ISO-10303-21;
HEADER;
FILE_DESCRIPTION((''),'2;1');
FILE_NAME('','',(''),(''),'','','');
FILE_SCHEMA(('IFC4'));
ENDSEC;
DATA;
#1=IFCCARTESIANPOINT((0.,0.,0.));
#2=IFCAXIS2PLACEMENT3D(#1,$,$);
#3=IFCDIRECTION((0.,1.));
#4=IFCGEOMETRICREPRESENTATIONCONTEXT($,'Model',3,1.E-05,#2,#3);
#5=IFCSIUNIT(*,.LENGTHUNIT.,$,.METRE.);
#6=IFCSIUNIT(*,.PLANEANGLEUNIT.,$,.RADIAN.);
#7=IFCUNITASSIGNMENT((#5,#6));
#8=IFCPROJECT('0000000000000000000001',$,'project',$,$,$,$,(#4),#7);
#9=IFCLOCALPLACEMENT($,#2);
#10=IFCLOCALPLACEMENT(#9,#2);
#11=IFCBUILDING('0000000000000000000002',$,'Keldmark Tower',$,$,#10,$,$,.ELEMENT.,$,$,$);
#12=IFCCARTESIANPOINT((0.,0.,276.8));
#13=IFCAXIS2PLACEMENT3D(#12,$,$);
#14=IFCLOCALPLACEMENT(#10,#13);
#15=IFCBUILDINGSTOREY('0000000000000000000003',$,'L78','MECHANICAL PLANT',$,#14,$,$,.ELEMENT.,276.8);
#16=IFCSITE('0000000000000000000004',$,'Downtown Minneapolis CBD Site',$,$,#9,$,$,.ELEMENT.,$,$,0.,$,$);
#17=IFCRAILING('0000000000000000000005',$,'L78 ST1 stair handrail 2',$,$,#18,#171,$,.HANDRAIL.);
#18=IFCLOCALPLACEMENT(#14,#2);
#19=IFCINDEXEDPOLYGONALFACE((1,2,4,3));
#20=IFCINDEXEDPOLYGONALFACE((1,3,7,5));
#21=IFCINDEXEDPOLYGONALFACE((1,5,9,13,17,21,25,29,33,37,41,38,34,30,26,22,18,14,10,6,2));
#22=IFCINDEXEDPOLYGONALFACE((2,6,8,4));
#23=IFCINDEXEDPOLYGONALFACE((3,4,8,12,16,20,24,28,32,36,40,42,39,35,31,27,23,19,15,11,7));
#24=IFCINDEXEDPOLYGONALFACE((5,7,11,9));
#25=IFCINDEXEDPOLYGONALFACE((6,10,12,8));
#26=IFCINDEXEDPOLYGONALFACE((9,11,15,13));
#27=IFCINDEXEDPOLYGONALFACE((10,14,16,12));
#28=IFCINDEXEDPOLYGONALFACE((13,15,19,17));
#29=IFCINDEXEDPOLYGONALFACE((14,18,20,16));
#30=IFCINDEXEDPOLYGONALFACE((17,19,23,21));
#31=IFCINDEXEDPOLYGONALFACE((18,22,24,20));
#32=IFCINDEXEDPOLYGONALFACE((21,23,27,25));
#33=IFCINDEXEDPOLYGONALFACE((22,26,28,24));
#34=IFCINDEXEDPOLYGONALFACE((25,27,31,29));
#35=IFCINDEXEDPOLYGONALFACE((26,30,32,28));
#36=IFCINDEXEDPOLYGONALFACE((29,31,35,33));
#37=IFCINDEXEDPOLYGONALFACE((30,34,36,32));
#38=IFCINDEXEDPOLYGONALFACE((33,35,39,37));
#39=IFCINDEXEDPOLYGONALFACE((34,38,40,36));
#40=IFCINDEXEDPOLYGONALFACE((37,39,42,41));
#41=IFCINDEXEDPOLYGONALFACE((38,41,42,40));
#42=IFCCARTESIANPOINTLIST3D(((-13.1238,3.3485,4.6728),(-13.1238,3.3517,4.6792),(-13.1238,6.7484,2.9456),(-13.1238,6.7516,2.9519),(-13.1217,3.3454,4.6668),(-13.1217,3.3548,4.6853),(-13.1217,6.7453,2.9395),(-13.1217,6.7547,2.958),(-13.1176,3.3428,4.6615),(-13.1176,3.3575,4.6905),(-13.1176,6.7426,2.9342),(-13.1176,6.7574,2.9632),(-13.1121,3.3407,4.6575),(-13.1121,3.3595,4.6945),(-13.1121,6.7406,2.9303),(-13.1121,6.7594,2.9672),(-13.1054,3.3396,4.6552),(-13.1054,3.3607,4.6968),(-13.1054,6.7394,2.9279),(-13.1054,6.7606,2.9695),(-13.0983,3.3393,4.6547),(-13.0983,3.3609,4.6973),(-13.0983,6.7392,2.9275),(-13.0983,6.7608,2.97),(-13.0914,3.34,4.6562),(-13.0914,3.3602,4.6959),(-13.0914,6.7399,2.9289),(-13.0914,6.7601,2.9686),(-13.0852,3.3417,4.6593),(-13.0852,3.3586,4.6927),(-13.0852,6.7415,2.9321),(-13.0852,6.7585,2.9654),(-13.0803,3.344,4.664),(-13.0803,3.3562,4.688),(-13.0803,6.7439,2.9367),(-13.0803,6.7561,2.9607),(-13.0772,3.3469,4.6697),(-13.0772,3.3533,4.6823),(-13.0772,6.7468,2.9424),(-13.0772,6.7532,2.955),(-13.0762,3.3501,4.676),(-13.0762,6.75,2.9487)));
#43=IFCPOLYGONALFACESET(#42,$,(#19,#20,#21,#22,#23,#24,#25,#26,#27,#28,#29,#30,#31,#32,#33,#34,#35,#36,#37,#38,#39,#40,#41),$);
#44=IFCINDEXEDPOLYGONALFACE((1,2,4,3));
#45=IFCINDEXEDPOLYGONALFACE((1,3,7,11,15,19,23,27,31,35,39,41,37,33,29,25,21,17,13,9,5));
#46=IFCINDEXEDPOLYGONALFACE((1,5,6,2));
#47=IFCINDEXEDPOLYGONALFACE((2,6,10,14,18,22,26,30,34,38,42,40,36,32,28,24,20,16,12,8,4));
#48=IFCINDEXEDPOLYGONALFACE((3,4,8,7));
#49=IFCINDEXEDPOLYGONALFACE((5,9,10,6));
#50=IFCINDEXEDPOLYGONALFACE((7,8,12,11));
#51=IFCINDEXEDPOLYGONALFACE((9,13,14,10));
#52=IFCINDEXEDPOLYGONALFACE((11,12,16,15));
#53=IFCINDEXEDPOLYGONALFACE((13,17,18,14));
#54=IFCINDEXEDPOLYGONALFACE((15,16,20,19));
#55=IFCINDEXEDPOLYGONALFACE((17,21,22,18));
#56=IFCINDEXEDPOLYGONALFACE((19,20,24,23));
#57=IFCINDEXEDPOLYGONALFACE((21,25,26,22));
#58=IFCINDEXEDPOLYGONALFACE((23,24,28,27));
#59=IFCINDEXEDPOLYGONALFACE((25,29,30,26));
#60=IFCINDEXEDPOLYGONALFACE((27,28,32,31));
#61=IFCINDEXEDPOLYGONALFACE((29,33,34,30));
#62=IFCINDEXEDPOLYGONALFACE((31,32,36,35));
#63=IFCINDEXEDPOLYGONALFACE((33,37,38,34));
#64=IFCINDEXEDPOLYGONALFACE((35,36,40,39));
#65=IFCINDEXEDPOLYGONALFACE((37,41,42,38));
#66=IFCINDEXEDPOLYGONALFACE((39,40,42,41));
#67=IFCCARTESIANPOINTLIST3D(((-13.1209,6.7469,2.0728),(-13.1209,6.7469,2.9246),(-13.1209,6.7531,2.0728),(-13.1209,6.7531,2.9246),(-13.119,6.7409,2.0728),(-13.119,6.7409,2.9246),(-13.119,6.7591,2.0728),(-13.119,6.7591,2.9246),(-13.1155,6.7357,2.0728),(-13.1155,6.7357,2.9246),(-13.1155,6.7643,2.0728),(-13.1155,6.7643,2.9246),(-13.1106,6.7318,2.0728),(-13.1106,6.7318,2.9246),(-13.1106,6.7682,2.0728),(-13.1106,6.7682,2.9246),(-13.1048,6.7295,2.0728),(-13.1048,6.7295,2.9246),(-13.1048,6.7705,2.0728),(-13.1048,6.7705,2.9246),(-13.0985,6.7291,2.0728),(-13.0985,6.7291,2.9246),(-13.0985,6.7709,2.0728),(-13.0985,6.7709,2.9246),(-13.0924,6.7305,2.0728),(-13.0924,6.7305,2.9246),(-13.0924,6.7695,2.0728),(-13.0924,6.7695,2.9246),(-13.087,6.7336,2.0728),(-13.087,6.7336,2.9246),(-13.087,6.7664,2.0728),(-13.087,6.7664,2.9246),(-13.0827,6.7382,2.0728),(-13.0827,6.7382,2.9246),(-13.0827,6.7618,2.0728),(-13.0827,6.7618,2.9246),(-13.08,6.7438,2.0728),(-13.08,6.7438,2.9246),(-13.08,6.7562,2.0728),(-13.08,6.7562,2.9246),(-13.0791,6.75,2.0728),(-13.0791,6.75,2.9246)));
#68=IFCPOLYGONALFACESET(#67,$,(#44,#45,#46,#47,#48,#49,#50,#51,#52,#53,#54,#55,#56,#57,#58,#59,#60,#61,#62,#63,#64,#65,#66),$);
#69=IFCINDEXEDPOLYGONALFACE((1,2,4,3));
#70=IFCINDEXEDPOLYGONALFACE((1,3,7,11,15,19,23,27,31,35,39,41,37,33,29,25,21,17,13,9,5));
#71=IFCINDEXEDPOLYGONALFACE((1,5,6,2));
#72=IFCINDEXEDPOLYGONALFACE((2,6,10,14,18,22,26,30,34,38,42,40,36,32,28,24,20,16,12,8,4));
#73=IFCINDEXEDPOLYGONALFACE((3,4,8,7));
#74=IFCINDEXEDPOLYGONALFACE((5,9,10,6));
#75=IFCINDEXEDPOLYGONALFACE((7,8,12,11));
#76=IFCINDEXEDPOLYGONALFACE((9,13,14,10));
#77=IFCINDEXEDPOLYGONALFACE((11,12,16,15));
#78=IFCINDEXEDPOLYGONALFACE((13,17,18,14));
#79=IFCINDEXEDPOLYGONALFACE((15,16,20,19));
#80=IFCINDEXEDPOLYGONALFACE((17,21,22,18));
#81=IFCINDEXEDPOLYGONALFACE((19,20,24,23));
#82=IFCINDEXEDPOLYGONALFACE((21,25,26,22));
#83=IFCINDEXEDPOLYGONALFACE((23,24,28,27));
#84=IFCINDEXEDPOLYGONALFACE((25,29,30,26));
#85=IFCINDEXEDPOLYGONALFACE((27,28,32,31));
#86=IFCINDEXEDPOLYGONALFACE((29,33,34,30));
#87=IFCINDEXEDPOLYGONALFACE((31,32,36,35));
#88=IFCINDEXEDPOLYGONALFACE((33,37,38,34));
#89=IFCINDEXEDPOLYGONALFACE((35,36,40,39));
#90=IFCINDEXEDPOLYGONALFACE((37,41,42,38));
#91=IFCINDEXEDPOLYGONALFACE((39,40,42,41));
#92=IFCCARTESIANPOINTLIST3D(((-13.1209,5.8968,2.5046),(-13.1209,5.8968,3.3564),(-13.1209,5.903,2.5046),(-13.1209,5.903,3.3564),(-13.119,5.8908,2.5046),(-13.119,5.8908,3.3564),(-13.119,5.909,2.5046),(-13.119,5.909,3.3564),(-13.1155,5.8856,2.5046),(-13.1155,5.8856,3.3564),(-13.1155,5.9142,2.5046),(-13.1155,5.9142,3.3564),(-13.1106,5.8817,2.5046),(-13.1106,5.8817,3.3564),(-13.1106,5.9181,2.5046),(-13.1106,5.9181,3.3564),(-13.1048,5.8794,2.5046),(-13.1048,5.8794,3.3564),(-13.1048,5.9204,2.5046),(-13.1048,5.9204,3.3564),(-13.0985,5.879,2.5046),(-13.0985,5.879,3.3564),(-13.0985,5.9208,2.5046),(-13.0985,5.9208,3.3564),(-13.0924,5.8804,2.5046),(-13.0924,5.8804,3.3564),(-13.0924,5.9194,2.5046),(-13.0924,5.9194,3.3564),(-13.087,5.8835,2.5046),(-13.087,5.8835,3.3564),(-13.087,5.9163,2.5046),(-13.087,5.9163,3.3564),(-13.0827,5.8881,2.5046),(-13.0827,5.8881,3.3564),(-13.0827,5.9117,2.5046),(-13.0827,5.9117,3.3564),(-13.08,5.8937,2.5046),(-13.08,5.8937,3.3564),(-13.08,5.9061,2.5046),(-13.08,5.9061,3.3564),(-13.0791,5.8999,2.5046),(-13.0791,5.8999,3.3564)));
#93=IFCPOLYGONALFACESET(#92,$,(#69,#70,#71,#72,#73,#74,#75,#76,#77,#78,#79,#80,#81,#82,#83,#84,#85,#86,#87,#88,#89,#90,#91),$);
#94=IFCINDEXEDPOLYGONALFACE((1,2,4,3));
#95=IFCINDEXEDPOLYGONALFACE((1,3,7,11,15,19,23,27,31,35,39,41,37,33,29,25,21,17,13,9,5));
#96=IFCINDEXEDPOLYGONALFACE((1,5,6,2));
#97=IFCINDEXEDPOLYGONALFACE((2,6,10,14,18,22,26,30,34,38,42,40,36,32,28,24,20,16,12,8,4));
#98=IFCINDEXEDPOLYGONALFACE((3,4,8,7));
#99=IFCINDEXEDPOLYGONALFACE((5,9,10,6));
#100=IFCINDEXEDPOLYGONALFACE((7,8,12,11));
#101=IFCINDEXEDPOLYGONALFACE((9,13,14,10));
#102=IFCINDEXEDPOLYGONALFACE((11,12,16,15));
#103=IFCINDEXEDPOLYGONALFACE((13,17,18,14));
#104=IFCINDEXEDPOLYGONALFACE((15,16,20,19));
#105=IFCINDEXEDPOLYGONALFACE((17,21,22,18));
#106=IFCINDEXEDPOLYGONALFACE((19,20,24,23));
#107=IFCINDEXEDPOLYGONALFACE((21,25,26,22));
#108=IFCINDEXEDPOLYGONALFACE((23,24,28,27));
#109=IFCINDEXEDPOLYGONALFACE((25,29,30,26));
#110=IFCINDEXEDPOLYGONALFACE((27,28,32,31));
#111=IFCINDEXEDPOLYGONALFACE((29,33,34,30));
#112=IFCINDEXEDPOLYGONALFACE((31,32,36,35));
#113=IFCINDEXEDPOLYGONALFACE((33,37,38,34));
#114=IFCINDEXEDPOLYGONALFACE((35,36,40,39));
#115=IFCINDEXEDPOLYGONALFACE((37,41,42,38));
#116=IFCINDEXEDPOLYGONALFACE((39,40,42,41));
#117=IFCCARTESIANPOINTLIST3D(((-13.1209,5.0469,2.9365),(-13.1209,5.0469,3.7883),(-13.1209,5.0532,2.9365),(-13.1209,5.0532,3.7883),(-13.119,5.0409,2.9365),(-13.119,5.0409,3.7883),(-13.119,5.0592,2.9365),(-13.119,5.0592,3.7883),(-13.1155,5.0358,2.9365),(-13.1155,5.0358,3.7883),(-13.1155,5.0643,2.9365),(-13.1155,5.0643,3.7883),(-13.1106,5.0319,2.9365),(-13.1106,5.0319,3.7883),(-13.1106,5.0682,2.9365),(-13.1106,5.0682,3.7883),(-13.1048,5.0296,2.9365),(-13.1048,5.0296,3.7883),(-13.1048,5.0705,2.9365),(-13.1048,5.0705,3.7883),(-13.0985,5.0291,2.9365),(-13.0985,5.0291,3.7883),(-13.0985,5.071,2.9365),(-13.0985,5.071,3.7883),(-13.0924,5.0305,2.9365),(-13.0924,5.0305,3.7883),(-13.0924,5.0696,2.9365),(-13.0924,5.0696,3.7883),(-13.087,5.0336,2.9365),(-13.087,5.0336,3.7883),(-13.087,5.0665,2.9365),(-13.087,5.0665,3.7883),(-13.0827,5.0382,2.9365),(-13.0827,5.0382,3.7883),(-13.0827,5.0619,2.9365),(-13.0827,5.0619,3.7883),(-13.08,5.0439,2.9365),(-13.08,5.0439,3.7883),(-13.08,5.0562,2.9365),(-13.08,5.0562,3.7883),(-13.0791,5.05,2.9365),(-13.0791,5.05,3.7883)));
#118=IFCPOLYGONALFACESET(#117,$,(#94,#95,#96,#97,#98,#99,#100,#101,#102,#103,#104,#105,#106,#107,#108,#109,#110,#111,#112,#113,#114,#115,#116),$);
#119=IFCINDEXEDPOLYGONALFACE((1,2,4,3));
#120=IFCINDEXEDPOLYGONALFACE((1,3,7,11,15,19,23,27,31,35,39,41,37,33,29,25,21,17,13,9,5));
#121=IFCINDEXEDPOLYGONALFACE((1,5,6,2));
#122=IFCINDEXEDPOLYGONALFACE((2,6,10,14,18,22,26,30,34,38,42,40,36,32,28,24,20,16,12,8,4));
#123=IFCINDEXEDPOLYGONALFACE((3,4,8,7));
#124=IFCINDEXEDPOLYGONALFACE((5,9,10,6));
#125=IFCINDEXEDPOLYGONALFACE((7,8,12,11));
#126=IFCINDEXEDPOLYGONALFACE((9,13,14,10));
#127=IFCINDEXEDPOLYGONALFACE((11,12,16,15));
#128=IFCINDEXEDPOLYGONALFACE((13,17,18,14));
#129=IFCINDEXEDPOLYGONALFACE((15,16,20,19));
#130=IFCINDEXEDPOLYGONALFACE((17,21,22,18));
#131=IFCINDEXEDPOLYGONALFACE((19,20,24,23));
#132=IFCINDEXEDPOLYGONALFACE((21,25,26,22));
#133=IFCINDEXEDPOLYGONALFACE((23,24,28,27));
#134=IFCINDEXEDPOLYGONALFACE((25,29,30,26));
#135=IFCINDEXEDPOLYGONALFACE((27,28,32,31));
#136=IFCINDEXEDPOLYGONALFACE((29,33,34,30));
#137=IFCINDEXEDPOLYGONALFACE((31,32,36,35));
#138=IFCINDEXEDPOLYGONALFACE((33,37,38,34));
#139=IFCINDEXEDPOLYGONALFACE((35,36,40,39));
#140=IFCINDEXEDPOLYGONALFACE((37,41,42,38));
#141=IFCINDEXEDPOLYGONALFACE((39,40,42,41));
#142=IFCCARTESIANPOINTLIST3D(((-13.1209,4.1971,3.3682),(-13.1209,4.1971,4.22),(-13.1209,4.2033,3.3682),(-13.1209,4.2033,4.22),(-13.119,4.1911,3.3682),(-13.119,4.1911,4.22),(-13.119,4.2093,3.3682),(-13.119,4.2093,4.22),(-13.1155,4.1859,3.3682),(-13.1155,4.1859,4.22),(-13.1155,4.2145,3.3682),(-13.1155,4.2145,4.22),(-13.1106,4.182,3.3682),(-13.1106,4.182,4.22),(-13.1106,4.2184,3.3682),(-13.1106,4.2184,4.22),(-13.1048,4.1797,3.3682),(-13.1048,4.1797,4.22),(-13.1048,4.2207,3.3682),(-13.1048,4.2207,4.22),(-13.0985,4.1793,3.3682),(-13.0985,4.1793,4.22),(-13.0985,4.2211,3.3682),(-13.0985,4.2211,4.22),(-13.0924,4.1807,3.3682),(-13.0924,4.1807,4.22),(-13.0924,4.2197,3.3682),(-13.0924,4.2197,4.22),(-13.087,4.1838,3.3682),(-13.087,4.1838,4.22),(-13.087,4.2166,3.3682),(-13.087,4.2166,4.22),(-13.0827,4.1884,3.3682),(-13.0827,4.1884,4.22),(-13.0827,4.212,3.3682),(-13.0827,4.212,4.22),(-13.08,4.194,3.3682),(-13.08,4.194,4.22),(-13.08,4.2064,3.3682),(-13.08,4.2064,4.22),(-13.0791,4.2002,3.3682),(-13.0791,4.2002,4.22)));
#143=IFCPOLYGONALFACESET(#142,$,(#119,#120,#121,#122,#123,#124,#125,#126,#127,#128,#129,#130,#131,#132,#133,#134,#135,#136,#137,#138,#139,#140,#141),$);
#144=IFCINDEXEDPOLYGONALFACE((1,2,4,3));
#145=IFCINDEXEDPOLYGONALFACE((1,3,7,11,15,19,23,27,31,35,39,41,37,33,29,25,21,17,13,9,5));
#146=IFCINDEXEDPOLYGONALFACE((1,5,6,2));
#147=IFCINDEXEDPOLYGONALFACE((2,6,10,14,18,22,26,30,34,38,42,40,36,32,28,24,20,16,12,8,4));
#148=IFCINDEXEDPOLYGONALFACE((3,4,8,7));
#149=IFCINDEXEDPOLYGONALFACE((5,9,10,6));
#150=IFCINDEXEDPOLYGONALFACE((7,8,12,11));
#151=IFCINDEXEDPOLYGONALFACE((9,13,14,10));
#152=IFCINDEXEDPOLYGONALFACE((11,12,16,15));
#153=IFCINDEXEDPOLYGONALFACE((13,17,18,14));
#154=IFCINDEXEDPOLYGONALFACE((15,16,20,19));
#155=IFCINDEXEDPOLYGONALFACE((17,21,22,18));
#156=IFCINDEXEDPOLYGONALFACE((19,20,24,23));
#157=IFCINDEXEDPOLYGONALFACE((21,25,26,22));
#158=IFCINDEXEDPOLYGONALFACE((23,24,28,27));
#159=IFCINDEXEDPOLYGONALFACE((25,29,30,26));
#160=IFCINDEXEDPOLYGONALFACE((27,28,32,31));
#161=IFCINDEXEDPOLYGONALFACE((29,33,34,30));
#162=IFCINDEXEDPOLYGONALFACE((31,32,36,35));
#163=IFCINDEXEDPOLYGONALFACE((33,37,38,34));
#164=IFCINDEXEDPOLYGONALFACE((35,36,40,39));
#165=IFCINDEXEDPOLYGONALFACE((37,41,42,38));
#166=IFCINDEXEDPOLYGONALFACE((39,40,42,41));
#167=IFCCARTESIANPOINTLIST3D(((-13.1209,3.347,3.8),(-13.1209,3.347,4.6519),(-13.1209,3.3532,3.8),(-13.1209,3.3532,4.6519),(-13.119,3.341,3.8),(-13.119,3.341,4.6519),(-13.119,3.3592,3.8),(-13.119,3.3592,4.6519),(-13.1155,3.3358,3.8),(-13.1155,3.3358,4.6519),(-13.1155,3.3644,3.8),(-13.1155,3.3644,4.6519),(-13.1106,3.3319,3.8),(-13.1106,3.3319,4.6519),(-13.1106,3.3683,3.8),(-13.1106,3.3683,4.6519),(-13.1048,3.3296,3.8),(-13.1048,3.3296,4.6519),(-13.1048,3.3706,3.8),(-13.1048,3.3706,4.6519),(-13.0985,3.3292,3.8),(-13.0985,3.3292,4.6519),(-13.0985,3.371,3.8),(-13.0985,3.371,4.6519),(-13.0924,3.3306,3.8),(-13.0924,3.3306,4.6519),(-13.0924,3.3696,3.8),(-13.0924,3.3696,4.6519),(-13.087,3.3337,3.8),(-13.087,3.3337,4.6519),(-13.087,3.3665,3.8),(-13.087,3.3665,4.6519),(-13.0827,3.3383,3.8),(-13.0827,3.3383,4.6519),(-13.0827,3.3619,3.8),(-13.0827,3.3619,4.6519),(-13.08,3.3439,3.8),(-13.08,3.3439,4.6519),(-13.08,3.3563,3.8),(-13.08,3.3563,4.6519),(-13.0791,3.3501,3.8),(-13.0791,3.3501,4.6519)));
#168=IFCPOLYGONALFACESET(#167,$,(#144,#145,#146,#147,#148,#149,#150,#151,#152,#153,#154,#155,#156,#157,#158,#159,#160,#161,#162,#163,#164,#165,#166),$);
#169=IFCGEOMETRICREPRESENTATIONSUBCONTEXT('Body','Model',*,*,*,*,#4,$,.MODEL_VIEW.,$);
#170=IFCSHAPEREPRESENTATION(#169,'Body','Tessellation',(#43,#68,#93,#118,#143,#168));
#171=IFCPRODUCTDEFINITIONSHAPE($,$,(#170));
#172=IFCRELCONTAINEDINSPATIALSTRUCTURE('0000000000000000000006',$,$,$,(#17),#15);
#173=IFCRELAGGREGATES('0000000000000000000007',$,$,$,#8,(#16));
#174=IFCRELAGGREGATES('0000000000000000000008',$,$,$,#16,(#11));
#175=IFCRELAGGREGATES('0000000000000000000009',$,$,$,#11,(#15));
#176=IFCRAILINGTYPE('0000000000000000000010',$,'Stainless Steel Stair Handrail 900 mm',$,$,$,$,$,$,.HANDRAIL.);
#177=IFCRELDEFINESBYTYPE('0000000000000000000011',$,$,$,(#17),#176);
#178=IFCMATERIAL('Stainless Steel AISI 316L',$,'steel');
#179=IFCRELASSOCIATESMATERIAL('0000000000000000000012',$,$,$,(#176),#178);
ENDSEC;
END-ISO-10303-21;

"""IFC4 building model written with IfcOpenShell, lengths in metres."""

from ifc_helpers import new_model, si_unit, direction, frame, origin, origin_2d, place, context, subcontext, project, spatial, circle, extrude, material, type_object, element, save


model = new_model("IFC4")

# Units and contexts
model_context = context("Model", 3, precision=1e-05, world=origin(), true_north=direction((0.0, 1.0)))
body_context = subcontext(model_context, "Body", "Model", "MODEL_VIEW")
ifc_project = project(units=[si_unit("LENGTHUNIT", "METRE"), si_unit("PLANEANGLEUNIT", "RADIAN")], contexts=[model_context])

# Site, building, storey
site_placement = place(None, origin())
site = spatial("IfcSite", under=ifc_project, at=site_placement, Name="Downtown Minneapolis CBD Site", CompositionType="ELEMENT", RefElevation=0.0)
building_placement = place(site_placement, origin())
building = spatial("IfcBuilding", under=site, at=building_placement, Name="Keldmark Tower", CompositionType="ELEMENT")
storey_placement = place(building_placement, frame((0.0, 0.0, 276.8)))
storey = spatial("IfcBuildingStorey", under=building, at=storey_placement, Name="L78", Description="MECHANICAL PLANT", CompositionType="ELEMENT", Elevation=276.8)

# Railing
ifc_material_1 = material(Name="Stainless Steel AISI 316L", Category="steel")
railing_type_1 = type_object("IfcRailingType", Name="Stainless Steel Stair Handrail 900 mm", PredefinedType="HANDRAIL", material=ifc_material_1)
railing_1_placement = place(storey_placement, frame((-13.1001, 6.75, 2.0728)))
element("IfcRailing", 1, at=railing_1_placement, inside=storey, type_object=railing_type_1, Name="L78 ST1 stair handrail 2", PredefinedType="HANDRAIL", context=body_context, shape_type="SweptSolid", body=[
    extrude(circle(Radius=0.0239, at=origin_2d()), frame((0.0, 0.0, 0.876), z_axis=(0.0, -0.891541, 0.452941), x_axis=(1.0, 0.0, 0.0)), (0.0, 0.0, 1.0), 3.8135),
    extrude(circle(Radius=0.021, at=origin_2d()), origin(), (0.0, 0.0, 1.0), 0.8518),
    extrude(circle(Radius=0.021, at=origin_2d()), frame((0.0, -0.8501, 0.4319)), (0.0, 0.0, 1.0), 0.8518),
    extrude(circle(Radius=0.021, at=origin_2d()), frame((0.0, -1.7, 0.8638)), (0.0, 0.0, 1.0), 0.8518),
    extrude(circle(Radius=0.021, at=origin_2d()), frame((0.0, -2.5498, 1.2954)), (0.0, 0.0, 1.0), 0.8518),
    extrude(circle(Radius=0.021, at=origin_2d()), frame((0.0, -3.3999, 1.7273)), (0.0, 0.0, 1.0), 0.8518),
])

save(model, "model.ifc")
